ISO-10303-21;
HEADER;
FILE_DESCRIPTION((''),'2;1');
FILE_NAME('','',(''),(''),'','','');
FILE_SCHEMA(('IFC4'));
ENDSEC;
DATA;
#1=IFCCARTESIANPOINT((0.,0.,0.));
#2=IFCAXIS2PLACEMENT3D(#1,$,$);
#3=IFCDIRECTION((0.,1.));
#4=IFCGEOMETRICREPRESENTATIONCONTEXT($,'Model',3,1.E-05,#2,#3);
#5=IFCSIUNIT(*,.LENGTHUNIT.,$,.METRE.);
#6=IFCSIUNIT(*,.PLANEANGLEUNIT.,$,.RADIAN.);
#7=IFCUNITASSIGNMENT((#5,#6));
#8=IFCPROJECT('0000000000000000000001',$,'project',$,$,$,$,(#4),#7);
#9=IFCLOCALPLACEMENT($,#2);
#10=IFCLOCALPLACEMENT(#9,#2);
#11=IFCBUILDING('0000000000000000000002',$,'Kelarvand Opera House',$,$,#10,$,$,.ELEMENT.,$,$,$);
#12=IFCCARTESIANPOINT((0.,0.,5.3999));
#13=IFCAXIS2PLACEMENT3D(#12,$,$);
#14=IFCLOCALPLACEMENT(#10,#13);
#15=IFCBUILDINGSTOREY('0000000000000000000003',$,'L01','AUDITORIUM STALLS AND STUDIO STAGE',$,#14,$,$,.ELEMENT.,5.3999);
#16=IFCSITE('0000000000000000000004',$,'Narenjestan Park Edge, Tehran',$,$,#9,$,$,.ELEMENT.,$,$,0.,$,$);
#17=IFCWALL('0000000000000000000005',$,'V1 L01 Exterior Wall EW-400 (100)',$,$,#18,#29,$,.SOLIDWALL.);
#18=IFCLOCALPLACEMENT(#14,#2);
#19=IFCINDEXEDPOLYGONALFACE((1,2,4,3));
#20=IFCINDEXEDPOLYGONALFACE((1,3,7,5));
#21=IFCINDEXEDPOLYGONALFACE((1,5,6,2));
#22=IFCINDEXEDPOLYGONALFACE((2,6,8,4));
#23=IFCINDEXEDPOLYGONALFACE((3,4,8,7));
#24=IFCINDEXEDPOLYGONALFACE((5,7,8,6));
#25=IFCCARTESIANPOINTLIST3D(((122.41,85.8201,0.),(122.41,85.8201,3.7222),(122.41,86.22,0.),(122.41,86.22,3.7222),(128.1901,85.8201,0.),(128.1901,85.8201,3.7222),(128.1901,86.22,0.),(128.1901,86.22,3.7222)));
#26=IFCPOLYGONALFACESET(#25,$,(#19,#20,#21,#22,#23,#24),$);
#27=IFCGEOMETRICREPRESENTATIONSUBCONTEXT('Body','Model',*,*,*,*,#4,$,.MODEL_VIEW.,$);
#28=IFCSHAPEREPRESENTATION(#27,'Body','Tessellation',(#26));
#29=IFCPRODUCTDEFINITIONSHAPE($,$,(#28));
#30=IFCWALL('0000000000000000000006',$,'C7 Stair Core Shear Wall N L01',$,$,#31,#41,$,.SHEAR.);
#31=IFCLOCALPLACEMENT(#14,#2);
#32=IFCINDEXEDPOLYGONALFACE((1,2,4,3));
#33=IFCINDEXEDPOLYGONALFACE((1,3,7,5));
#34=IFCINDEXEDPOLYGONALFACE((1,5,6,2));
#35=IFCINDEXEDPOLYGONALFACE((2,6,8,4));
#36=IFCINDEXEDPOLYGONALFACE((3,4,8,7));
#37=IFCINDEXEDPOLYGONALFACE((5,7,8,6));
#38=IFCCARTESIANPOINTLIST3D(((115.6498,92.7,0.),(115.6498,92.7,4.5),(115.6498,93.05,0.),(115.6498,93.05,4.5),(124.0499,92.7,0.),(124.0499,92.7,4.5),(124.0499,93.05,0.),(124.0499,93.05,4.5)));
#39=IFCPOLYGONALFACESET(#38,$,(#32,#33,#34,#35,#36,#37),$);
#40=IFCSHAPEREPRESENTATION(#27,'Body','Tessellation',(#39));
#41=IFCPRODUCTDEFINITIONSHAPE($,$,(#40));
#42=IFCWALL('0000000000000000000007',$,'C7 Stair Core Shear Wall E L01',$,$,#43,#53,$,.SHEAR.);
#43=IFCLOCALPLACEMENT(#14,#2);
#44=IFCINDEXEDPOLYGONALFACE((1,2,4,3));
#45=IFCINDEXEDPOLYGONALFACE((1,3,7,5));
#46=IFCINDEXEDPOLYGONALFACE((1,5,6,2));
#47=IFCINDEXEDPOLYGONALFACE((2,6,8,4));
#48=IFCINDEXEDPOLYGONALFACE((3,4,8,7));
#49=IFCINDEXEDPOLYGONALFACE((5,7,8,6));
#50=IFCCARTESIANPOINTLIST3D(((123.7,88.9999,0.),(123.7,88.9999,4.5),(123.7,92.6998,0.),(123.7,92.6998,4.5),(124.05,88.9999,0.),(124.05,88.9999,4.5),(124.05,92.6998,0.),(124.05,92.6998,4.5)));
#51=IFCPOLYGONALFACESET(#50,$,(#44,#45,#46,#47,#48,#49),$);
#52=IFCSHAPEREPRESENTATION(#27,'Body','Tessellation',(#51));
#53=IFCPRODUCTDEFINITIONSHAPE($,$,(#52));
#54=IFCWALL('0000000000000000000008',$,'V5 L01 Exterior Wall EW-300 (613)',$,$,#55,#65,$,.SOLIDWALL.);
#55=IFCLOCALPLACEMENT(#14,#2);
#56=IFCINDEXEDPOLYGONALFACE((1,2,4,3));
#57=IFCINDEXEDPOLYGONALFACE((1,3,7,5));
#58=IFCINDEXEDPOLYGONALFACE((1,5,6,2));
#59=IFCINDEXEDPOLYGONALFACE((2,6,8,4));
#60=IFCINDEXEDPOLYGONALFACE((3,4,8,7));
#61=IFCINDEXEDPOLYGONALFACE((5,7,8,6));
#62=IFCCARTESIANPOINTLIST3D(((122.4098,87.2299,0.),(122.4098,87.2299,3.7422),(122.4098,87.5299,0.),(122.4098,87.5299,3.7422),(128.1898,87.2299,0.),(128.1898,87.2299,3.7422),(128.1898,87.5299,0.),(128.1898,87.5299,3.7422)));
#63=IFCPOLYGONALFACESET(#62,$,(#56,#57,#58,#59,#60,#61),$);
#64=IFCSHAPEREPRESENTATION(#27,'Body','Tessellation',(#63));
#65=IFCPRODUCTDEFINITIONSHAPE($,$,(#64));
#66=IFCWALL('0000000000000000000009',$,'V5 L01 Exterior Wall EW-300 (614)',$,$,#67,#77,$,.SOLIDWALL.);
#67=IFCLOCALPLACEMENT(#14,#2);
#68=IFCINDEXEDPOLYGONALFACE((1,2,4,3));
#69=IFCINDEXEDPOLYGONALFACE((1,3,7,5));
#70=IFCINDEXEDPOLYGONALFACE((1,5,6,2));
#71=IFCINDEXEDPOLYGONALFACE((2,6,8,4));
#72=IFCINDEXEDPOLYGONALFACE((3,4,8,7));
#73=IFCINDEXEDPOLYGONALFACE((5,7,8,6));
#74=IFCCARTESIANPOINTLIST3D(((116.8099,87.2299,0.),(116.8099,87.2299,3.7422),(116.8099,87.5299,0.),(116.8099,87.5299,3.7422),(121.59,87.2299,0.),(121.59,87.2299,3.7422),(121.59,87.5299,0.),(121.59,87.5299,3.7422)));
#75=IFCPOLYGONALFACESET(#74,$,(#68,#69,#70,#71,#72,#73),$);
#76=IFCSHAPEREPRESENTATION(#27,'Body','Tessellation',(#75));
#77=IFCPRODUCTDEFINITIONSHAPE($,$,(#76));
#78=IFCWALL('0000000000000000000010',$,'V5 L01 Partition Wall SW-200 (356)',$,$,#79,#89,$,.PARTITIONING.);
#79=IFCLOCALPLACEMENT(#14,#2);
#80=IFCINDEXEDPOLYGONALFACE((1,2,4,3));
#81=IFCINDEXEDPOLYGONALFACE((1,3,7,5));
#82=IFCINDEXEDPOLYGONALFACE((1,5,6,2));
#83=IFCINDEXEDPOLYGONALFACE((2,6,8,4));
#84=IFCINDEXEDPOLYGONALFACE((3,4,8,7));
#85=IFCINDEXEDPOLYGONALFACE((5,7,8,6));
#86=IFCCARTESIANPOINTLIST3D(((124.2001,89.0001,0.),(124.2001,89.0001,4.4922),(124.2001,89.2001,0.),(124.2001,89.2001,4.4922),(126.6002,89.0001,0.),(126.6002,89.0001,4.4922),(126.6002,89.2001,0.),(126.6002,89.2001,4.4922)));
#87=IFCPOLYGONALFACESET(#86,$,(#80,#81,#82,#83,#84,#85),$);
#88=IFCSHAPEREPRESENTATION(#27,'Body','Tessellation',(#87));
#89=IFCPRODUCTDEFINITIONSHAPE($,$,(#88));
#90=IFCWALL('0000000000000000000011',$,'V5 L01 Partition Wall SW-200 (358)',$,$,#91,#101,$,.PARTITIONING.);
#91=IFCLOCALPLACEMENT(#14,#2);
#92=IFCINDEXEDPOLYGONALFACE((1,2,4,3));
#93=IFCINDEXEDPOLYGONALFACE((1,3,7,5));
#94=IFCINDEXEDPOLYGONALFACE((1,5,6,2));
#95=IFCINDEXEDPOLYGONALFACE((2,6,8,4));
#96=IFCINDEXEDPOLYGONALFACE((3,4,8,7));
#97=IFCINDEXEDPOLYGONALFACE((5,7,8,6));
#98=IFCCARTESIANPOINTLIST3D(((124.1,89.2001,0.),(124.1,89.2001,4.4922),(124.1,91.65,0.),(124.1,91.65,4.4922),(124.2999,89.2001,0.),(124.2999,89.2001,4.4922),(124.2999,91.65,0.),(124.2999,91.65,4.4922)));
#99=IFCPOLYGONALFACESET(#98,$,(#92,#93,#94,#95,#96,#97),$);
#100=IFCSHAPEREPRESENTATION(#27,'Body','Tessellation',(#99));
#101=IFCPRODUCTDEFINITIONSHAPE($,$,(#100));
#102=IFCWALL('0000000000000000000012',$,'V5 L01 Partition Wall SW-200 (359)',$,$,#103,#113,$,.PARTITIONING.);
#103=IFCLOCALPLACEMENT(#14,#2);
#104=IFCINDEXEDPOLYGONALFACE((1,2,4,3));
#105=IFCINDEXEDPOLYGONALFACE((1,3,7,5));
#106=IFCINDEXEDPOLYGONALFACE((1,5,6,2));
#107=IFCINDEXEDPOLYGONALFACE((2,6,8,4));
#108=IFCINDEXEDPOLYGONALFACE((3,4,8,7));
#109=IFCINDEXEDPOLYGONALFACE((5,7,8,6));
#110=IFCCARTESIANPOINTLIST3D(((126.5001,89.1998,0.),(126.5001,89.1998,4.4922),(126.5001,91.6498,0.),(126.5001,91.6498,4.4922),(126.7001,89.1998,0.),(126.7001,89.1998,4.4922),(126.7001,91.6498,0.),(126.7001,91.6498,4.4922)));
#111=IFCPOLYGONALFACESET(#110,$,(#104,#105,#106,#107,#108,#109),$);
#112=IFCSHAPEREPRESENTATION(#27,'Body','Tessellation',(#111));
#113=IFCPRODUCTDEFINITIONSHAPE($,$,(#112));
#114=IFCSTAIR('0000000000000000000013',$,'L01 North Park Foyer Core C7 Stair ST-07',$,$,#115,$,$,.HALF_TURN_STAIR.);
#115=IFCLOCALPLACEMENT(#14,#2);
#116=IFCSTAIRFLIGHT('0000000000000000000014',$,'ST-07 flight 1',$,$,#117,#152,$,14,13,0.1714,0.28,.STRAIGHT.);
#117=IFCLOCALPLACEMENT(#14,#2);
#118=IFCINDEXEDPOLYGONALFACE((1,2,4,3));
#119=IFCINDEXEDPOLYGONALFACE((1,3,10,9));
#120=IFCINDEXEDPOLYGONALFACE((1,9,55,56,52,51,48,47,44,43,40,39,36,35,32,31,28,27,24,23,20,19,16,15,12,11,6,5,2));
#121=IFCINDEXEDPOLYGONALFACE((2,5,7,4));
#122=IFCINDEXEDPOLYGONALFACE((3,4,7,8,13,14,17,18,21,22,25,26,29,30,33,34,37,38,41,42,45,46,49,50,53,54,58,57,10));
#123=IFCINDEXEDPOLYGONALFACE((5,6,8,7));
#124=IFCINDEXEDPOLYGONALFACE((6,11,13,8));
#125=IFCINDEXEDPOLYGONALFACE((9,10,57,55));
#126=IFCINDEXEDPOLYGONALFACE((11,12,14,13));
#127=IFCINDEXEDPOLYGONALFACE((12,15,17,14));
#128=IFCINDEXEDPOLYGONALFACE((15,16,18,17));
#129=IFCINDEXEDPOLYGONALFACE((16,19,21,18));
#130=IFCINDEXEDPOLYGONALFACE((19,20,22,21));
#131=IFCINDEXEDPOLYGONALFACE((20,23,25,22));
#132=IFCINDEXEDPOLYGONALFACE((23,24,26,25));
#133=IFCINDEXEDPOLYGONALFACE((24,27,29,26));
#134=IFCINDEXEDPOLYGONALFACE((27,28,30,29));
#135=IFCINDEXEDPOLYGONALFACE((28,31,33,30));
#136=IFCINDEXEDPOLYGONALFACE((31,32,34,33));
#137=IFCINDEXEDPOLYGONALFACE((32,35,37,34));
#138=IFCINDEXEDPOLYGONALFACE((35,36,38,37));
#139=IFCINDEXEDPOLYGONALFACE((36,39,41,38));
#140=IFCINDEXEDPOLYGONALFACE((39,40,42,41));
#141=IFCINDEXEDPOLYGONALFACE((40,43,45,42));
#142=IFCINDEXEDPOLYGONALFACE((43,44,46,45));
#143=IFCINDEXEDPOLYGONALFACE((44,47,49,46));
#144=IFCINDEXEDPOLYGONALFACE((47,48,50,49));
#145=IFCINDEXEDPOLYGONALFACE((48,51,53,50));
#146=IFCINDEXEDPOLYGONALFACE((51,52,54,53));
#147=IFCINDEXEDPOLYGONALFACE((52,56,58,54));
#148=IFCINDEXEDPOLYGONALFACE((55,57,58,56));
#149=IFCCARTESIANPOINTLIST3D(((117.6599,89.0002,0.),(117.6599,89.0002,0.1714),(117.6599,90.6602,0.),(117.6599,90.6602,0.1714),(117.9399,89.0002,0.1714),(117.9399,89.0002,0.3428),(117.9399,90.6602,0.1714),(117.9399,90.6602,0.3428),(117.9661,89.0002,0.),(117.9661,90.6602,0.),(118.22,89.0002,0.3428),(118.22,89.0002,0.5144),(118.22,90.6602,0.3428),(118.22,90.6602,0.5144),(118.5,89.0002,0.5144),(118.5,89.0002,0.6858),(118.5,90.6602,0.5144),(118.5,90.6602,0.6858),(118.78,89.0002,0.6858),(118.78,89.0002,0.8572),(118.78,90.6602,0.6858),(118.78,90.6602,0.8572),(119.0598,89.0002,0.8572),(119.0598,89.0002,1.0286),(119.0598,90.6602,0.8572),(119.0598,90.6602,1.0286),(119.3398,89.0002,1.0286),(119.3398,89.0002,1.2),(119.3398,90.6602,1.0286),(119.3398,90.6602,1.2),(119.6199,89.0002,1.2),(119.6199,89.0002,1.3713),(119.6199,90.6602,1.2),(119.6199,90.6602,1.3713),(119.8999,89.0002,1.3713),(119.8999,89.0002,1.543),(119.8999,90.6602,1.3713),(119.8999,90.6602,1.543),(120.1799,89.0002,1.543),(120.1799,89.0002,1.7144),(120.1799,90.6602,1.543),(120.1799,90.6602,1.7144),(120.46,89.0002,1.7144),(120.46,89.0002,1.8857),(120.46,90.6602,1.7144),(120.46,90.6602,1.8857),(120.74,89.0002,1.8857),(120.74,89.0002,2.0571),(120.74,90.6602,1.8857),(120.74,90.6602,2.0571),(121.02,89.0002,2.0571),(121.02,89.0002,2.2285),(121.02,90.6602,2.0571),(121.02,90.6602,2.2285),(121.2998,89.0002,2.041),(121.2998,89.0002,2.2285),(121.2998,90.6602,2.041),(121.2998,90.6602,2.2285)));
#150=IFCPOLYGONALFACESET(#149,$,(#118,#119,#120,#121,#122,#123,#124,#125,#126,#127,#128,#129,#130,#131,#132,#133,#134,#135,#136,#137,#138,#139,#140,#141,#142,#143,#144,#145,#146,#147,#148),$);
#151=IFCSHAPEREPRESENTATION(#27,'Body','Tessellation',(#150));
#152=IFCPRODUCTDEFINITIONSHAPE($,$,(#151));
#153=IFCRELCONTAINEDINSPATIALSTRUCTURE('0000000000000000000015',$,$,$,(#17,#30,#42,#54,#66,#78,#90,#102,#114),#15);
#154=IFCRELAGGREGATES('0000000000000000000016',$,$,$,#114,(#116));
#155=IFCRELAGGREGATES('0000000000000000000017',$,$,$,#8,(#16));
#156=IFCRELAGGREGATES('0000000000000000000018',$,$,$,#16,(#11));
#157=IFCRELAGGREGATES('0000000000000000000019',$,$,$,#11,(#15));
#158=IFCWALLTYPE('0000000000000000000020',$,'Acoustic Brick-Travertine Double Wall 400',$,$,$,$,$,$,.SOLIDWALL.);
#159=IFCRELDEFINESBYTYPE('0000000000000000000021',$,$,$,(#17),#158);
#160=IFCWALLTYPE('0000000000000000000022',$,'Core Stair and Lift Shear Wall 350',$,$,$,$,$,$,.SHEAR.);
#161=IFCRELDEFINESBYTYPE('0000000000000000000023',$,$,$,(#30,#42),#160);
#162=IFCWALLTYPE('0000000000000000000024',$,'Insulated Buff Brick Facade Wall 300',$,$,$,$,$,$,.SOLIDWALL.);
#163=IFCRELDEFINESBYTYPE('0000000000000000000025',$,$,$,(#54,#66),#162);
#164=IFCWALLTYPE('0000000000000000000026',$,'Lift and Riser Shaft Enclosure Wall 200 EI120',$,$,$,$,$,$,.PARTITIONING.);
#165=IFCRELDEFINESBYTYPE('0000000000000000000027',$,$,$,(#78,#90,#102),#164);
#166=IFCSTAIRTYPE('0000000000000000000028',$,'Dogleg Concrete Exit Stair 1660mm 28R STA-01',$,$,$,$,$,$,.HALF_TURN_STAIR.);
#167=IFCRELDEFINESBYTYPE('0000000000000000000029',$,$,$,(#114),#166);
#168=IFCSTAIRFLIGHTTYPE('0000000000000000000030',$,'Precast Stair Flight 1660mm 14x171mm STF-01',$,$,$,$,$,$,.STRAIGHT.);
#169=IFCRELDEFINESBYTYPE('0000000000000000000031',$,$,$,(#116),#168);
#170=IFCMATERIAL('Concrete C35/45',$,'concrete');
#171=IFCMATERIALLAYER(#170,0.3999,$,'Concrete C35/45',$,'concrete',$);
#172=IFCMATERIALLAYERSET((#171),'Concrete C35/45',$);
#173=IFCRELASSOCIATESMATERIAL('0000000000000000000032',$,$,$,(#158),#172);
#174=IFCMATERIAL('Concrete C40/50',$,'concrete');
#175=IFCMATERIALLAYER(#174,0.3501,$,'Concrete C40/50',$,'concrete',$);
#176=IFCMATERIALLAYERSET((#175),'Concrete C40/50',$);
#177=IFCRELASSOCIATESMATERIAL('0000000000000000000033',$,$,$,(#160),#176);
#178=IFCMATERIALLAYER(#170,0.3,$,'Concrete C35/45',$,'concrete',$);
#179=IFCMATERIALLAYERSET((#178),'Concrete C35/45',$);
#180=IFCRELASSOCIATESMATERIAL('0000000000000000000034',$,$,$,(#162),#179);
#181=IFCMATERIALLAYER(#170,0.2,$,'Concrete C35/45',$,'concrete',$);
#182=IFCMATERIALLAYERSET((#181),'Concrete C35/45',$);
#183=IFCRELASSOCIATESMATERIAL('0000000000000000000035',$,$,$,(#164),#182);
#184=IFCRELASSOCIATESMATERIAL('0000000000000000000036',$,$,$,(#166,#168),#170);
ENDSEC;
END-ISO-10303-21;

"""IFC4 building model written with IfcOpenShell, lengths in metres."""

from ifc_helpers import new_model, si_unit, direction, frame, frame_2d, origin, place, context, subcontext, project, spatial, polyline, rectangle, outline, extrude, material, layer, layer_set, type_object, element, aggregate, save


model = new_model("IFC4")

# Units and contexts
model_context = context("Model", 3, precision=1e-05, world=origin(), true_north=direction((0.0, 1.0)))
body_context = subcontext(model_context, "Body", "Model", "MODEL_VIEW")
ifc_project = project(units=[si_unit("LENGTHUNIT", "METRE"), si_unit("PLANEANGLEUNIT", "RADIAN")], contexts=[model_context])

# Site, building, storey
site_placement = place(None, origin())
site = spatial("IfcSite", under=ifc_project, at=site_placement, Name="Narenjestan Park Edge, Tehran", CompositionType="ELEMENT", RefElevation=0.0)
building_placement = place(site_placement, origin())
building = spatial("IfcBuilding", under=site, at=building_placement, Name="Kelarvand Opera House", CompositionType="ELEMENT")
storey_placement = place(building_placement, frame((0.0, 0.0, 5.3999)))
storey = spatial("IfcBuildingStorey", under=building, at=storey_placement, Name="L01", Description="AUDITORIUM STALLS AND STUDIO STAGE", CompositionType="ELEMENT", Elevation=5.3999)

# Shared definitions
ifc_material_1 = material(Name="Concrete C40/50", Category="concrete")

# Shared definitions
ifc_material_2 = material(Name="Concrete C35/45", Category="concrete")

# Walls
ifc_layer_1 = layer(ifc_material_2, 0.3999, Name="Concrete C35/45", Category="concrete")
ifc_layer_set_1 = layer_set([ifc_layer_1], Name="Concrete C35/45")
wall_type_1 = type_object("IfcWallType", Name="Acoustic Brick-Travertine Double Wall 400", PredefinedType="SOLIDWALL", material=ifc_layer_set_1)
wall_1_placement = place(storey_placement, frame((122.4099, 86.02, 0.0), z_axis=(0.0, 0.0, 1.0), x_axis=(1.0, 0.0, 0.0)))
element("IfcWall", 1, at=wall_1_placement, inside=storey, type_object=wall_type_1, Name="V1 L01 Exterior Wall EW-400 (100)", PredefinedType="SOLIDWALL", context=body_context, shape_type="SweptSolid", body=[
    extrude(rectangle(XDim=5.78, YDim=0.3999, at=frame_2d((2.8901, 0.0))), origin(), (0.0, 0.0, 1.0), 3.7222),
])
ifc_layer_2 = layer(ifc_material_1, 0.3501, Name="Concrete C40/50", Category="concrete")
ifc_layer_set_2 = layer_set([ifc_layer_2], Name="Concrete C40/50")
wall_type_2 = type_object("IfcWallType", Name="Core Stair and Lift Shear Wall 350", PredefinedType="SHEAR", material=ifc_layer_set_2)
wall_2_placement = place(storey_placement, frame((124.05, 92.875, 0.0), z_axis=(0.0, 0.0, 1.0), x_axis=(-1.0, 0.0, 0.0)))
element("IfcWall", 2, at=wall_2_placement, inside=storey, type_object=wall_type_2, Name="C7 Stair Core Shear Wall N L01", PredefinedType="SHEAR", context=body_context, shape_type="SweptSolid", body=[
    extrude(rectangle(XDim=8.4001, YDim=0.3501, at=frame_2d((4.2002, 0.0))), origin(), (0.0, 0.0, 1.0), 4.5),
])
wall_3_placement = place(storey_placement, frame((123.875, 92.7, 0.0), z_axis=(0.0, 0.0, 1.0), x_axis=(0.0, -1.0, 0.0)))
element("IfcWall", 3, at=wall_3_placement, inside=storey, type_object=wall_type_2, Name="C7 Stair Core Shear Wall E L01", PredefinedType="SHEAR", context=body_context, shape_type="SweptSolid", body=[
    extrude(rectangle(XDim=3.7, YDim=0.3501, at=frame_2d((1.8501, 0.0))), origin(), (0.0, 0.0, 1.0), 4.5),
])
ifc_layer_3 = layer(ifc_material_2, 0.3, Name="Concrete C35/45", Category="concrete")
ifc_layer_set_3 = layer_set([ifc_layer_3], Name="Concrete C35/45")
wall_type_3 = type_object("IfcWallType", Name="Insulated Buff Brick Facade Wall 300", PredefinedType="SOLIDWALL", material=ifc_layer_set_3)
wall_4_placement = place(storey_placement, frame((128.1899, 87.3799, 0.0), z_axis=(0.0, 0.0, 1.0), x_axis=(-1.0, 0.0, 0.0)))
element("IfcWall", 4, at=wall_4_placement, inside=storey, type_object=wall_type_3, Name="V5 L01 Exterior Wall EW-300 (613)", PredefinedType="SOLIDWALL", context=body_context, shape_type="SweptSolid", body=[
    extrude(rectangle(XDim=5.78, YDim=0.3, at=frame_2d((2.8901, 0.0))), origin(), (0.0, 0.0, 1.0), 3.7422),
])
wall_5_placement = place(storey_placement, frame((121.5901, 87.3799, 0.0), z_axis=(0.0, 0.0, 1.0), x_axis=(-1.0, 0.0, 0.0)))
element("IfcWall", 5, at=wall_5_placement, inside=storey, type_object=wall_type_3, Name="V5 L01 Exterior Wall EW-300 (614)", PredefinedType="SOLIDWALL", context=body_context, shape_type="SweptSolid", body=[
    extrude(rectangle(XDim=4.78, YDim=0.3, at=frame_2d((2.3901, 0.0))), origin(), (0.0, 0.0, 1.0), 3.7422),
])
ifc_layer_4 = layer(ifc_material_2, 0.2, Name="Concrete C35/45", Category="concrete")
ifc_layer_set_4 = layer_set([ifc_layer_4], Name="Concrete C35/45")
wall_type_4 = type_object("IfcWallType", Name="Lift and Riser Shaft Enclosure Wall 200 EI120", PredefinedType="PARTITIONING", material=ifc_layer_set_4)
wall_6_placement = place(storey_placement, frame((124.2, 89.1001, 0.0), z_axis=(0.0, 0.0, 1.0), x_axis=(1.0, 0.0, 0.0)))
element("IfcWall", 6, at=wall_6_placement, inside=storey, type_object=wall_type_4, Name="V5 L01 Partition Wall SW-200 (356)", PredefinedType="PARTITIONING", context=body_context, shape_type="SweptSolid", body=[
    extrude(rectangle(XDim=2.4001, YDim=0.2, at=frame_2d((1.2002, 0.0))), origin(), (0.0, 0.0, 1.0), 4.4922),
])

# Walls
for number, where, z_axis, x_axis, name in (
    (7, (124.2, 89.2, 0.0), (0.0, 0.0, 1.0), (0.0, 1.0, 0.0), "V5 L01 Partition Wall SW-200 (358)"),
    (8, (126.6001, 91.6499, 0.0), (0.0, 0.0, 1.0), (0.0, -1.0, 0.0), "V5 L01 Partition Wall SW-200 (359)"),
):
    element("IfcWall", number, at=place(storey_placement, frame(where, z_axis=z_axis, x_axis=x_axis)), inside=storey, type_object=wall_type_4, Name=name, PredefinedType="PARTITIONING", context=body_context, shape_type="SweptSolid", body=[
        extrude(rectangle(XDim=2.45, YDim=0.2, at=frame_2d((1.2251, 0.0))), origin(), (0.0, 0.0, 1.0), 4.4922),
    ])

# Stair, stair flight
stair_type = type_object("IfcStairType", Name="Dogleg Concrete Exit Stair 1660mm 28R STA-01", PredefinedType="HALF_TURN_STAIR", material=ifc_material_2)
stair_placement = place(storey_placement, origin())
stair = element("IfcStair", 9, at=stair_placement, inside=storey, type_object=stair_type, Name="L01 North Park Foyer Core C7 Stair ST-07", PredefinedType="HALF_TURN_STAIR")
stair_flight_type = type_object("IfcStairFlightType", Name="Precast Stair Flight 1660mm 14x171mm STF-01", PredefinedType="STRAIGHT", material=ifc_material_2)
stair_flight_1_placement = place(storey_placement, frame((117.6599, 89.8301, 0.0), z_axis=(0.0, 0.0, 1.0), x_axis=(1.0, 0.0, 0.0)))
stair_flight_1 = element("IfcStairFlight", 10, at=stair_flight_1_placement, type_object=stair_flight_type, Name="ST-07 flight 1", NumberOfRisers=14, NumberOfTreads=13, PredefinedType="STRAIGHT", RiserHeight=0.1714, TreadLength=0.28, context=body_context, shape_type="SweptSolid", body=[
    extrude(outline(polyline([(0.0, 0.0), (0.0, 0.1714), (0.28, 0.1714), (0.28, 0.3428), (0.5601, 0.3428), (0.5601, 0.5144), (0.8401, 0.5144), (0.8401, 0.6858), (1.1201, 0.6858), (1.1201, 0.8572), (1.3999, 0.8572), (1.3999, 1.0286), (1.6799, 1.0286), (1.6799, 1.2), (1.96, 1.2), (1.96, 1.3713), (2.24, 1.3713), (2.24, 1.543), (2.52, 1.543), (2.52, 1.7144), (2.8, 1.7144), (2.8, 1.8857), (3.0801, 1.8857), (3.0801, 2.0571), (3.3601, 2.0571), (3.3601, 2.2285), (3.6399, 2.2285), (3.6399, 2.3999), (3.6399, 2.041), (0.3062, 0.0), (0.0, 0.0)])), frame((0.0, 0.8301, 0.0), z_axis=(0.0, -1.0, 0.0), x_axis=(1.0, 0.0, 0.0)), (0.0, 0.0, 1.0), 1.6599),
])
aggregate(stair, [stair_flight_1])

save(model, "model.ifc")
